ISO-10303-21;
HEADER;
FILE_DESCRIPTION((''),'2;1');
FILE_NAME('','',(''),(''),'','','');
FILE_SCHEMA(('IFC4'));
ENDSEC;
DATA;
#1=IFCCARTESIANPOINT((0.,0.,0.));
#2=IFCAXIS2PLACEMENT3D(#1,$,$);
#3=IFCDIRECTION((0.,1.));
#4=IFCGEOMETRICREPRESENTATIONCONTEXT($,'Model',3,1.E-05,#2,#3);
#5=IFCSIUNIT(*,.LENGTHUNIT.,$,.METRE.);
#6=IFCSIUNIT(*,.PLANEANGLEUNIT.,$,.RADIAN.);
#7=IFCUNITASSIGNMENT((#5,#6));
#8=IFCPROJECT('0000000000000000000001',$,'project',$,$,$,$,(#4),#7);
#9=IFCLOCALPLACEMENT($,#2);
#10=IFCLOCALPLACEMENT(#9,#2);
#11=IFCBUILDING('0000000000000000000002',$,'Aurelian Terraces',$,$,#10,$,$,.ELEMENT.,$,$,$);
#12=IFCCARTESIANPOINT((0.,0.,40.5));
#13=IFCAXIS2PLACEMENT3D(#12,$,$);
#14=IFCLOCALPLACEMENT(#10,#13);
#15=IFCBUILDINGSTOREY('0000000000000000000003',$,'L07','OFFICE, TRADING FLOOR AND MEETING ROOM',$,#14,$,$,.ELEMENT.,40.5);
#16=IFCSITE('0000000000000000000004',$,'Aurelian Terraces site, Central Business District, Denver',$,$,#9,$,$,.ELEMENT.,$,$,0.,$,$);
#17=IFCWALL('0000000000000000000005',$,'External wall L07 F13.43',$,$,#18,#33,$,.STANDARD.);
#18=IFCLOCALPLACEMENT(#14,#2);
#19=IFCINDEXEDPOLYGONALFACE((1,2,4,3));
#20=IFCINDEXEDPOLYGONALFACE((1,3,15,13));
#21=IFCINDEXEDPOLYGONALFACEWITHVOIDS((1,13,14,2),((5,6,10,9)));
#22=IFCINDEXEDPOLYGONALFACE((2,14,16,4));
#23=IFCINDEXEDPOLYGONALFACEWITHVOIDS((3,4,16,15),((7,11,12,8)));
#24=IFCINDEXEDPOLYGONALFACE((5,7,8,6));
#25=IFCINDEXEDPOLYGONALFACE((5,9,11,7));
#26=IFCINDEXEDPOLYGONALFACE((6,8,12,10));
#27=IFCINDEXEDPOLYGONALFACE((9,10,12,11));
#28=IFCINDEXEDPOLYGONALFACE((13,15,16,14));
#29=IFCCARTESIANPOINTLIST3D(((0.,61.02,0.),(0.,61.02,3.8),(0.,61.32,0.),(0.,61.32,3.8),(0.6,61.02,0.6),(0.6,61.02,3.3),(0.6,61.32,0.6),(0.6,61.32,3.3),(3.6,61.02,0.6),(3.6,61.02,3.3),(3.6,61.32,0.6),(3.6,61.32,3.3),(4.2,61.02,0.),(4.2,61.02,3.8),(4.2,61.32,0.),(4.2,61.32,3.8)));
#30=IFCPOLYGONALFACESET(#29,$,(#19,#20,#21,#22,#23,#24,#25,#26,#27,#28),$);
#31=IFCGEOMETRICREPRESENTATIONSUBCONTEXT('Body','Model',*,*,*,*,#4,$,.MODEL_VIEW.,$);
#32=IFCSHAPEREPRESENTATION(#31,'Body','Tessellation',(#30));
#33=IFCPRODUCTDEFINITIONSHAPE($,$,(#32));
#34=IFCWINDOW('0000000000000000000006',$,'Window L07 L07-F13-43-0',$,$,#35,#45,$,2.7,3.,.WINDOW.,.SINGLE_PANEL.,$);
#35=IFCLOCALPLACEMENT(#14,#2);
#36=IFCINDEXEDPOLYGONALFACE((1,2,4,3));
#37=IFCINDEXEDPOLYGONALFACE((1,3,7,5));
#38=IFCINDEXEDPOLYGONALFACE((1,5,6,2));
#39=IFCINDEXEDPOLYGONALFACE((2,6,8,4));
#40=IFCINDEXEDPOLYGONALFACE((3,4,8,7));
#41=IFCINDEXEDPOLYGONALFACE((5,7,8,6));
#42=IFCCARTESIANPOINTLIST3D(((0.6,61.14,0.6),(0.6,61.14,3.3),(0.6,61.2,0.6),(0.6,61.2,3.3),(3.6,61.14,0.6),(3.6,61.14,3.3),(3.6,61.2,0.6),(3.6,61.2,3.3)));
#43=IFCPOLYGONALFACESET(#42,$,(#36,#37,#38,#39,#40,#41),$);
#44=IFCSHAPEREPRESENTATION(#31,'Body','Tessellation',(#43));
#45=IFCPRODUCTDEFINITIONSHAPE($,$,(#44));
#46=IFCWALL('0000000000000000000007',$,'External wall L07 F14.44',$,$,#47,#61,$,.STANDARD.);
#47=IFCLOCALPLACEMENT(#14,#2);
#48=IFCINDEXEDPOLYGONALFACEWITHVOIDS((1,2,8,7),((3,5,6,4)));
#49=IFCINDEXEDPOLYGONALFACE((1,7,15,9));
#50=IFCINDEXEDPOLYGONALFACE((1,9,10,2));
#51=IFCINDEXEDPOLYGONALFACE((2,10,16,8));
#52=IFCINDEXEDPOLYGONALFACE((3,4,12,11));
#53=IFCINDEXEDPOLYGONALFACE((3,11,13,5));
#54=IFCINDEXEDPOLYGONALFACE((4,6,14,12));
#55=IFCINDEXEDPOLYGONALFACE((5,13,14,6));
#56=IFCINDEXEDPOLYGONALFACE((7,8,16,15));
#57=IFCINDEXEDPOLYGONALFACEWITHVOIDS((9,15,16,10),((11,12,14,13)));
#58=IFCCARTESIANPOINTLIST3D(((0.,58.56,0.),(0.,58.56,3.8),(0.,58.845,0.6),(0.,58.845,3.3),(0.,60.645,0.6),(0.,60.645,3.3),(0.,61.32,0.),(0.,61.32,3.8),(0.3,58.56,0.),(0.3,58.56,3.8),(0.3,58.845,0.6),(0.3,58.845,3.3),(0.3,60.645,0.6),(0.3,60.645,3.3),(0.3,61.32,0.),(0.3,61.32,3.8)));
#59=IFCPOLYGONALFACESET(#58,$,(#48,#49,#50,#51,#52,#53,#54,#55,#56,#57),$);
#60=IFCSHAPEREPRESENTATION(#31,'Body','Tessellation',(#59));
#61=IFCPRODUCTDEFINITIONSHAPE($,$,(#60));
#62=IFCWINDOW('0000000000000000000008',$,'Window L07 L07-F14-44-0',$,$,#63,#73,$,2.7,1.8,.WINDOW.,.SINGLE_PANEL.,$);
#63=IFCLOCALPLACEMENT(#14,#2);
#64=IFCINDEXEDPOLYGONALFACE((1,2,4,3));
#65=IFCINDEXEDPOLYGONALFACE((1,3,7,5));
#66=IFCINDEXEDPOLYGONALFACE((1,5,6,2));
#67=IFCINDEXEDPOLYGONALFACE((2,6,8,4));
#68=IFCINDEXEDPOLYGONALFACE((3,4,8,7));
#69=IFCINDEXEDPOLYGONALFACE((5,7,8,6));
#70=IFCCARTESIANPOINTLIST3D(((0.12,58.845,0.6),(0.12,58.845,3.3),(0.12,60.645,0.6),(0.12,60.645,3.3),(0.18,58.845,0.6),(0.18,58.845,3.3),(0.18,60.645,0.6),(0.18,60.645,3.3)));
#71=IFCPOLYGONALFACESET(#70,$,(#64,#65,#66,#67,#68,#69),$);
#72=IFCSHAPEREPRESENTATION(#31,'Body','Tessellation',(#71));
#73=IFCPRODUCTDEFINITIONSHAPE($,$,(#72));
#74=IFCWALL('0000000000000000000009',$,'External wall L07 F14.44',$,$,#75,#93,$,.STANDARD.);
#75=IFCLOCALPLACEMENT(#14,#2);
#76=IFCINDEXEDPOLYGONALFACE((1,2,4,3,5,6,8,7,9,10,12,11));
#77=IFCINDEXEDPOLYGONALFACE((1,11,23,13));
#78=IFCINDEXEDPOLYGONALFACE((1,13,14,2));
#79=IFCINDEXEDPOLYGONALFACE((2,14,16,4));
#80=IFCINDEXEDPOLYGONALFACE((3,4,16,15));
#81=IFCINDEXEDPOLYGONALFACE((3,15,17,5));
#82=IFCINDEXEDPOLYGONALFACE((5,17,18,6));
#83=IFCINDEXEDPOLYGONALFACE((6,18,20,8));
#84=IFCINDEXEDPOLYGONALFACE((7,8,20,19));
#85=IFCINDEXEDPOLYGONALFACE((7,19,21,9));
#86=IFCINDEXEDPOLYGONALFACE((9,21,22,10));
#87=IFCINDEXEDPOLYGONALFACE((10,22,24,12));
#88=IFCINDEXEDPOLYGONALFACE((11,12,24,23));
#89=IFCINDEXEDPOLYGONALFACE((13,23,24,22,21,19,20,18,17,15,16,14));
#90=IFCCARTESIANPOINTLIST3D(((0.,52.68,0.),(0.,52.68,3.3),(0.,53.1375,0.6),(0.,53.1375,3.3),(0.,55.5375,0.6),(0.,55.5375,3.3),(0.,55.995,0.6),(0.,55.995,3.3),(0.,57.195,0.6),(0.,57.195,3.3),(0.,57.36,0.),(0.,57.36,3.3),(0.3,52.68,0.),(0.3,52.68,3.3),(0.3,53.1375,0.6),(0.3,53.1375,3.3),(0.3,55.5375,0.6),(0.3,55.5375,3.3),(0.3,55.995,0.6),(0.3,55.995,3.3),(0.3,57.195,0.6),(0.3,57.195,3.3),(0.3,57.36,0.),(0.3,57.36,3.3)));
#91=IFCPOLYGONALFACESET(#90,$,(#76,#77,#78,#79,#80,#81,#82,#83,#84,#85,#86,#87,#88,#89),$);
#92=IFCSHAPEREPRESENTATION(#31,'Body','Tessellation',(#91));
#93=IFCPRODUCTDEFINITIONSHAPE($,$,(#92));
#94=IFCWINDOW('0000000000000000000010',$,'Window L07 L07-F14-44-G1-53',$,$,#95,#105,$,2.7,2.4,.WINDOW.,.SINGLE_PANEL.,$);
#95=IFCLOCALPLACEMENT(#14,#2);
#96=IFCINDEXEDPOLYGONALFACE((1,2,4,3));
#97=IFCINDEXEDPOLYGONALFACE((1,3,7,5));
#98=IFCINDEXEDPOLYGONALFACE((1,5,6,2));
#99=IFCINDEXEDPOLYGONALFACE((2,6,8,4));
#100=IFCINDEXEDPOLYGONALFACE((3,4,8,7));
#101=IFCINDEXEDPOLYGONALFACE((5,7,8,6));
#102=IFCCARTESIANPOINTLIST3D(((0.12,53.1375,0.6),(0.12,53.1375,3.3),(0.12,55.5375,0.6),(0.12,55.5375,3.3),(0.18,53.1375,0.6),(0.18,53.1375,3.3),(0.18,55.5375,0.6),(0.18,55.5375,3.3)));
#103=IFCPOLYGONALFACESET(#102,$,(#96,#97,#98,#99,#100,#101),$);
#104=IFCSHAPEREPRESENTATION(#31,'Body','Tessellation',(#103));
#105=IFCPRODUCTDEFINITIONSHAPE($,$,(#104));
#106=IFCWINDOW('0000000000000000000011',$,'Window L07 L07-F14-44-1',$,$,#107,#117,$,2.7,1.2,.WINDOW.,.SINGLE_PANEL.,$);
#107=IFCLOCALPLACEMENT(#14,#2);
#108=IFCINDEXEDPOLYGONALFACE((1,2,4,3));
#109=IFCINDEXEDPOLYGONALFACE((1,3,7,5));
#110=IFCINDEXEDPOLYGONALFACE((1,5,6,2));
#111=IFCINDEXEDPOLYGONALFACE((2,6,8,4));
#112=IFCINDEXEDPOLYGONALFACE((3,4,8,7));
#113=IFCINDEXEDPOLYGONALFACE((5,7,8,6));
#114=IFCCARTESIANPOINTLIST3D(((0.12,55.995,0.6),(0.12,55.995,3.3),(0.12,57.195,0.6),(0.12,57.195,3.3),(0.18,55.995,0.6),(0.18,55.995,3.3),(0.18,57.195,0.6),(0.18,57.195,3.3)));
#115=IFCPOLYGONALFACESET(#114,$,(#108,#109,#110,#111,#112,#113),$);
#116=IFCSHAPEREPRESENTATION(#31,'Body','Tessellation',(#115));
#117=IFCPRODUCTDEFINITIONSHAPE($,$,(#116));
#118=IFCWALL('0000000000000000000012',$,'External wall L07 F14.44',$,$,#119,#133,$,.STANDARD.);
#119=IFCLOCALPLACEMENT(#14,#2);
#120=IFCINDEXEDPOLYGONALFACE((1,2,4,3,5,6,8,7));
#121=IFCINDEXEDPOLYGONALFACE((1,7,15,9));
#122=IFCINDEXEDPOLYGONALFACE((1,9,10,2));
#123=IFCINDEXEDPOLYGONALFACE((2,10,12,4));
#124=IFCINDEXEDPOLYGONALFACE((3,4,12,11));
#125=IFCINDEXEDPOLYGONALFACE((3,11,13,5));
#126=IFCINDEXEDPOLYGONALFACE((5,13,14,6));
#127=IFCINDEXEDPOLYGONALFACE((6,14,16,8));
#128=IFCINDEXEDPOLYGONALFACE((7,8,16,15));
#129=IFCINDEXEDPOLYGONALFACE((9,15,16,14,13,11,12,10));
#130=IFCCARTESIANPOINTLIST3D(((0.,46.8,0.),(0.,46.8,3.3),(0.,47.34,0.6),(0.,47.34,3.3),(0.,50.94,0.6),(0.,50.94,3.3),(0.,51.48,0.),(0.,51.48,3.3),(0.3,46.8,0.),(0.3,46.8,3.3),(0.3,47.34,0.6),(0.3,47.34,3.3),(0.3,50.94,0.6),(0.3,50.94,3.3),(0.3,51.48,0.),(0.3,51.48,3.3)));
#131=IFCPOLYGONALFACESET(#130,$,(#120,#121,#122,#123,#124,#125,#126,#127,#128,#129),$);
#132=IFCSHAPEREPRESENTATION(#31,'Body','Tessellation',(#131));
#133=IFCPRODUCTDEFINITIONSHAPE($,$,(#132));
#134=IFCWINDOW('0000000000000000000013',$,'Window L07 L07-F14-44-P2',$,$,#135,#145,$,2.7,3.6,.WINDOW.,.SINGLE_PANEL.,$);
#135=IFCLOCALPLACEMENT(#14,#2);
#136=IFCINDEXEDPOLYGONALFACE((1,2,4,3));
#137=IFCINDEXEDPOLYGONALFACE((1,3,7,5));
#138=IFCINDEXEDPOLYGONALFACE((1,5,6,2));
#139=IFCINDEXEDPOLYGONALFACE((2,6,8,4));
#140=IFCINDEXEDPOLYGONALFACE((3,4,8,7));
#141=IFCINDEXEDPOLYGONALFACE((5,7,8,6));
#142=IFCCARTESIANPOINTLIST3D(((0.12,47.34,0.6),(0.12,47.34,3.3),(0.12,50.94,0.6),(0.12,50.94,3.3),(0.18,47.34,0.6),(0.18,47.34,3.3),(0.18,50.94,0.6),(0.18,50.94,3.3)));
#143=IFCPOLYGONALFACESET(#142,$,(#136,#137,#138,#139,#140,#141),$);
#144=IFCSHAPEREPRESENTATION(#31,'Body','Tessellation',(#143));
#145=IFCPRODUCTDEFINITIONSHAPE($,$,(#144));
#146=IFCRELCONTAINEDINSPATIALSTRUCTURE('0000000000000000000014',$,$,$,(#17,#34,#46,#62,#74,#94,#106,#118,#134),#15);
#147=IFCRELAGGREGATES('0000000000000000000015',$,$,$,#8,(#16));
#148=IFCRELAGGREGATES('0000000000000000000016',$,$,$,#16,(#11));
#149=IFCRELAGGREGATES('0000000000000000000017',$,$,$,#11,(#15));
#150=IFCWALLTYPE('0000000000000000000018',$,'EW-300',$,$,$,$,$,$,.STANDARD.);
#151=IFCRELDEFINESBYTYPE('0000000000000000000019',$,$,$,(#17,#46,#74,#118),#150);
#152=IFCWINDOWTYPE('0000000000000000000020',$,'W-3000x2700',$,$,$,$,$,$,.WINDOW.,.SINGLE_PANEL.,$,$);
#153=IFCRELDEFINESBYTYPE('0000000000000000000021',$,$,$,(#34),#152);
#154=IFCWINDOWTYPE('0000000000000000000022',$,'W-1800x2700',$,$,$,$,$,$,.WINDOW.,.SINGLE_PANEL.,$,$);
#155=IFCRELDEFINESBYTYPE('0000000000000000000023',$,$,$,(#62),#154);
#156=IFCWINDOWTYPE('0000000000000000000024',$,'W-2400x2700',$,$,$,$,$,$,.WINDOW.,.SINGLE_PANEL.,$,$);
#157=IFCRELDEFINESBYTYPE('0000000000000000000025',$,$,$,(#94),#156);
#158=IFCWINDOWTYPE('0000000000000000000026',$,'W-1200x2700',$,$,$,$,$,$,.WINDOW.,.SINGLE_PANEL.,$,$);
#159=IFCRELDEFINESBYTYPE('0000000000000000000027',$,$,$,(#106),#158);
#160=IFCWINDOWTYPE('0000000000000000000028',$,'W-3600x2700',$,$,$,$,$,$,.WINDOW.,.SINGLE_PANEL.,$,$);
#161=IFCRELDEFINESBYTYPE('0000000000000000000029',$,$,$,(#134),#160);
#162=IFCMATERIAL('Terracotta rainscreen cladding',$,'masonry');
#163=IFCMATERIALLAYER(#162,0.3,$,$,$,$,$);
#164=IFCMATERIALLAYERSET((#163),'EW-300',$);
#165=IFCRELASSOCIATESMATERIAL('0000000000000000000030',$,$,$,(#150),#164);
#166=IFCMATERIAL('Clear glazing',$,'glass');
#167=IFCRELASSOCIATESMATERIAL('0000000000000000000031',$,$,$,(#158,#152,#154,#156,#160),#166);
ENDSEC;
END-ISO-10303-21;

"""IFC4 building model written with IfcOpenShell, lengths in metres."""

from ifc_helpers import new_model, si_unit, direction, frame, frame_2d, origin, place, context, subcontext, project, spatial, rectangle, extrude, source, transform, mapped, material, layer, layer_set, type_object, element, fill, save


model = new_model("IFC4")

# Units and contexts
model_context = context("Model", 3, precision=1e-05, world=origin(), true_north=direction((0.0, 1.0)))
body_context = subcontext(model_context, "Body", "Model", "MODEL_VIEW")
ifc_project = project(units=[si_unit("LENGTHUNIT", "METRE"), si_unit("PLANEANGLEUNIT", "RADIAN")], contexts=[model_context])

# Site, building, storey
site_placement = place(None, origin())
site = spatial("IfcSite", under=ifc_project, at=site_placement, Name="Aurelian Terraces site, Central Business District, Denver", CompositionType="ELEMENT", RefElevation=0.0)
building_placement = place(site_placement, origin())
building = spatial("IfcBuilding", under=site, at=building_placement, Name="Aurelian Terraces", CompositionType="ELEMENT")
storey_placement = place(building_placement, frame((0.0, 0.0, 40.5)))
storey = spatial("IfcBuildingStorey", under=building, at=storey_placement, Name="L07", Description="OFFICE, TRADING FLOOR AND MEETING ROOM", CompositionType="ELEMENT", Elevation=40.5)

# Walls, openings, windows
ifc_material_1 = material(Name="Terracotta rainscreen cladding", Category="masonry")
ifc_layer_1 = layer(ifc_material_1, 0.3)
ifc_layer_set_1 = layer_set([ifc_layer_1], Name="EW-300")
wall_type_1 = type_object("IfcWallType", Name="EW-300", PredefinedType="STANDARD", material=ifc_layer_set_1)
shared_shape_1 = source(origin(), body_context, "Body", "SweptSolid", [
    extrude(rectangle(XDim=4.2, YDim=0.3, at=frame_2d((2.1, 0.0))), origin(), (0.0, 0.0, 1.0), 3.8),
])
shared_shape_2 = source(origin(), body_context, "Body", "SweptSolid", [
    extrude(rectangle(XDim=1.2, YDim=2.7, at=frame_2d((0.6, 1.35))), frame((0.0, 0.16, 0.0), z_axis=(0.0, -1.0, 0.0), x_axis=(1.0, 0.0, 0.0)), (0.0, 0.0, 1.0), 0.32),
])
ifc_material_2 = material(Name="Clear glazing", Category="glass")
window_type_1 = type_object("IfcWindowType", Name="W-1200x2700", PartitioningType="SINGLE_PANEL", PredefinedType="WINDOW", material=ifc_material_2)
shared_shape_3 = source(origin(), body_context, "Body", "SweptSolid", [
    extrude(rectangle(XDim=1.2, YDim=2.7, at=frame_2d((0.6, 1.35))), frame((0.0, 0.03, 0.0), z_axis=(0.0, -1.0, 0.0), x_axis=(1.0, 0.0, 0.0)), (0.0, 0.0, 1.0), 0.06),
])
wall_1_placement = place(storey_placement, frame((4.2, 61.17, 0.0), z_axis=(0.0, 0.0, 1.0), x_axis=(-1.0, 0.0, 0.0)))
wall_1 = element("IfcWall", 1, at=wall_1_placement, inside=storey, type_object=wall_type_1, Name="External wall L07 F13.43", PredefinedType="STANDARD", context=body_context, shape_type="MappedRepresentation", body=[
    mapped(shared_shape_1, transform((0.0, 0.0, 0.0), scale=1.0)),
])
shared_shape_4 = source(origin(), body_context, "Body", "SweptSolid", [
    extrude(rectangle(XDim=3.0, YDim=2.7, at=frame_2d((1.5, 1.35))), frame((0.0, 0.16, 0.0), z_axis=(0.0, -1.0, 0.0), x_axis=(1.0, 0.0, 0.0)), (0.0, 0.0, 1.0), 0.32),
])
opening_1_placement = place(wall_1_placement, frame((0.6, 0.0, 0.6)))
opening_1 = element("IfcOpeningElement", 2, at=opening_1_placement, cuts=wall_1, PredefinedType="OPENING", context=body_context, shape_type="MappedRepresentation", body=[
    mapped(shared_shape_4, transform((0.0, 0.0, 0.0), scale=1.0)),
])
window_type_2 = type_object("IfcWindowType", Name="W-3000x2700", PartitioningType="SINGLE_PANEL", PredefinedType="WINDOW", material=ifc_material_2)
shared_shape_5 = source(origin(), body_context, "Body", "SweptSolid", [
    extrude(rectangle(XDim=3.0, YDim=2.7, at=frame_2d((1.5, 1.35))), frame((0.0, 0.03, 0.0), z_axis=(0.0, -1.0, 0.0), x_axis=(1.0, 0.0, 0.0)), (0.0, 0.0, 1.0), 0.06),
])
window_1_placement = place(opening_1_placement, origin())
window_1 = element("IfcWindow", 3, at=window_1_placement, inside=storey, type_object=window_type_2, Name="Window L07 L07-F13-43-0", OverallHeight=2.7, OverallWidth=3.0, PartitioningType="SINGLE_PANEL", PredefinedType="WINDOW", context=body_context, shape_type="MappedRepresentation", body=[
    mapped(shared_shape_5, transform((0.0, 0.0, 0.0), scale=1.0)),
])
fill(opening_1, window_1)
shared_shape_6 = source(origin(), body_context, "Body", "SweptSolid", [
    extrude(rectangle(XDim=2.76, YDim=0.3, at=frame_2d((1.38, 0.0))), origin(), (0.0, 0.0, 1.0), 3.8),
])
wall_2_placement = place(storey_placement, frame((0.15, 61.32, 0.0), z_axis=(0.0, 0.0, 1.0), x_axis=(0.0, -1.0, 0.0)))
wall_2 = element("IfcWall", 4, at=wall_2_placement, inside=storey, type_object=wall_type_1, Name="External wall L07 F14.44", PredefinedType="STANDARD", context=body_context, shape_type="MappedRepresentation", body=[
    mapped(shared_shape_6, transform((0.0, 0.0, 0.0), scale=1.0)),
])
shared_shape_7 = source(origin(), body_context, "Body", "SweptSolid", [
    extrude(rectangle(XDim=1.8, YDim=2.7, at=frame_2d((0.9, 1.35))), frame((0.0, 0.16, 0.0), z_axis=(0.0, -1.0, 0.0), x_axis=(1.0, 0.0, 0.0)), (0.0, 0.0, 1.0), 0.32),
])
opening_2_placement = place(wall_2_placement, frame((0.675, 0.0, 0.6)))
opening_2 = element("IfcOpeningElement", 5, at=opening_2_placement, cuts=wall_2, PredefinedType="OPENING", context=body_context, shape_type="MappedRepresentation", body=[
    mapped(shared_shape_7, transform((0.0, 0.0, 0.0), scale=1.0)),
])
window_type_3 = type_object("IfcWindowType", Name="W-1800x2700", PartitioningType="SINGLE_PANEL", PredefinedType="WINDOW", material=ifc_material_2)
shared_shape_8 = source(origin(), body_context, "Body", "SweptSolid", [
    extrude(rectangle(XDim=1.8, YDim=2.7, at=frame_2d((0.9, 1.35))), frame((0.0, 0.03, 0.0), z_axis=(0.0, -1.0, 0.0), x_axis=(1.0, 0.0, 0.0)), (0.0, 0.0, 1.0), 0.06),
])
window_2_placement = place(opening_2_placement, origin())
window_2 = element("IfcWindow", 6, at=window_2_placement, inside=storey, type_object=window_type_3, Name="Window L07 L07-F14-44-0", OverallHeight=2.7, OverallWidth=1.8, PartitioningType="SINGLE_PANEL", PredefinedType="WINDOW", context=body_context, shape_type="MappedRepresentation", body=[
    mapped(shared_shape_8, transform((0.0, 0.0, 0.0), scale=1.0)),
])
fill(opening_2, window_2)

# Wall, openings, windows
shared_shape_9 = source(origin(), body_context, "Body", "SweptSolid", [
    extrude(rectangle(XDim=4.68, YDim=0.3, at=frame_2d((2.34, 0.0))), origin(), (0.0, 0.0, 1.0), 3.3),
])
wall_3_placement = place(storey_placement, frame((0.15, 57.36, 0.0), z_axis=(0.0, 0.0, 1.0), x_axis=(0.0, -1.0, 0.0)))
wall_3 = element("IfcWall", 7, at=wall_3_placement, inside=storey, type_object=wall_type_1, Name="External wall L07 F14.44", PredefinedType="STANDARD", context=body_context, shape_type="MappedRepresentation", body=[
    mapped(shared_shape_9, transform((0.0, 0.0, 0.0), scale=1.0)),
])
opening_3_placement = place(wall_3_placement, frame((0.165, 0.0, 0.6)))
opening_3 = element("IfcOpeningElement", 8, at=opening_3_placement, cuts=wall_3, PredefinedType="OPENING", context=body_context, shape_type="MappedRepresentation", body=[
    mapped(shared_shape_2, transform((0.0, 0.0, 0.0), scale=1.0)),
])
shared_shape_10 = source(origin(), body_context, "Body", "SweptSolid", [
    extrude(rectangle(XDim=2.4, YDim=2.7, at=frame_2d((1.2, 1.35))), frame((0.0, 0.16, 0.0), z_axis=(0.0, -1.0, 0.0), x_axis=(1.0, 0.0, 0.0)), (0.0, 0.0, 1.0), 0.32),
])
opening_4_placement = place(wall_3_placement, frame((1.8225, 0.0, 0.6)))
opening_4 = element("IfcOpeningElement", 9, at=opening_4_placement, cuts=wall_3, PredefinedType="OPENING", context=body_context, shape_type="MappedRepresentation", body=[
    mapped(shared_shape_10, transform((0.0, 0.0, 0.0), scale=1.0)),
])
window_type_4 = type_object("IfcWindowType", Name="W-2400x2700", PartitioningType="SINGLE_PANEL", PredefinedType="WINDOW", material=ifc_material_2)
shared_shape_11 = source(origin(), body_context, "Body", "SweptSolid", [
    extrude(rectangle(XDim=2.4, YDim=2.7, at=frame_2d((1.2, 1.35))), frame((0.0, 0.03, 0.0), z_axis=(0.0, -1.0, 0.0), x_axis=(1.0, 0.0, 0.0)), (0.0, 0.0, 1.0), 0.06),
])
window_3_placement = place(opening_4_placement, origin())
window_3 = element("IfcWindow", 10, at=window_3_placement, inside=storey, type_object=window_type_4, Name="Window L07 L07-F14-44-G1-53", OverallHeight=2.7, OverallWidth=2.4, PartitioningType="SINGLE_PANEL", PredefinedType="WINDOW", context=body_context, shape_type="MappedRepresentation", body=[
    mapped(shared_shape_11, transform((0.0, 0.0, 0.0), scale=1.0)),
])
fill(opening_4, window_3)
window_4_placement = place(opening_3_placement, origin())
window_4 = element("IfcWindow", 11, at=window_4_placement, inside=storey, type_object=window_type_1, Name="Window L07 L07-F14-44-1", OverallHeight=2.7, OverallWidth=1.2, PartitioningType="SINGLE_PANEL", PredefinedType="WINDOW", context=body_context, shape_type="MappedRepresentation", body=[
    mapped(shared_shape_3, transform((0.0, 0.0, 0.0), scale=1.0)),
])
fill(opening_3, window_4)

# Wall, opening, window
wall_4_placement = place(storey_placement, frame((0.15, 51.48, 0.0), z_axis=(0.0, 0.0, 1.0), x_axis=(0.0, -1.0, 0.0)))
wall_4 = element("IfcWall", 12, at=wall_4_placement, inside=storey, type_object=wall_type_1, Name="External wall L07 F14.44", PredefinedType="STANDARD", context=body_context, shape_type="MappedRepresentation", body=[
    mapped(shared_shape_9, transform((0.0, 0.0, 0.0), scale=1.0)),
])
shared_shape_12 = source(origin(), body_context, "Body", "SweptSolid", [
    extrude(rectangle(XDim=3.6, YDim=2.7, at=frame_2d((1.8, 1.35))), frame((0.0, 0.16, 0.0), z_axis=(0.0, -1.0, 0.0), x_axis=(1.0, 0.0, 0.0)), (0.0, 0.0, 1.0), 0.32),
])
opening_5_placement = place(wall_4_placement, frame((0.54, 0.0, 0.6)))
opening_5 = element("IfcOpeningElement", 13, at=opening_5_placement, cuts=wall_4, PredefinedType="OPENING", context=body_context, shape_type="MappedRepresentation", body=[
    mapped(shared_shape_12, transform((0.0, 0.0, 0.0), scale=1.0)),
])
window_type_5 = type_object("IfcWindowType", Name="W-3600x2700", PartitioningType="SINGLE_PANEL", PredefinedType="WINDOW", material=ifc_material_2)
shared_shape_13 = source(origin(), body_context, "Body", "SweptSolid", [
    extrude(rectangle(XDim=3.6, YDim=2.7, at=frame_2d((1.8, 1.35))), frame((0.0, 0.03, 0.0), z_axis=(0.0, -1.0, 0.0), x_axis=(1.0, 0.0, 0.0)), (0.0, 0.0, 1.0), 0.06),
])
window_5_placement = place(opening_5_placement, origin())
window_5 = element("IfcWindow", 14, at=window_5_placement, inside=storey, type_object=window_type_5, Name="Window L07 L07-F14-44-P2", OverallHeight=2.7, OverallWidth=3.6, PartitioningType="SINGLE_PANEL", PredefinedType="WINDOW", context=body_context, shape_type="MappedRepresentation", body=[
    mapped(shared_shape_13, transform((0.0, 0.0, 0.0), scale=1.0)),
])
fill(opening_5, window_5)

save(model, "model.ifc")
